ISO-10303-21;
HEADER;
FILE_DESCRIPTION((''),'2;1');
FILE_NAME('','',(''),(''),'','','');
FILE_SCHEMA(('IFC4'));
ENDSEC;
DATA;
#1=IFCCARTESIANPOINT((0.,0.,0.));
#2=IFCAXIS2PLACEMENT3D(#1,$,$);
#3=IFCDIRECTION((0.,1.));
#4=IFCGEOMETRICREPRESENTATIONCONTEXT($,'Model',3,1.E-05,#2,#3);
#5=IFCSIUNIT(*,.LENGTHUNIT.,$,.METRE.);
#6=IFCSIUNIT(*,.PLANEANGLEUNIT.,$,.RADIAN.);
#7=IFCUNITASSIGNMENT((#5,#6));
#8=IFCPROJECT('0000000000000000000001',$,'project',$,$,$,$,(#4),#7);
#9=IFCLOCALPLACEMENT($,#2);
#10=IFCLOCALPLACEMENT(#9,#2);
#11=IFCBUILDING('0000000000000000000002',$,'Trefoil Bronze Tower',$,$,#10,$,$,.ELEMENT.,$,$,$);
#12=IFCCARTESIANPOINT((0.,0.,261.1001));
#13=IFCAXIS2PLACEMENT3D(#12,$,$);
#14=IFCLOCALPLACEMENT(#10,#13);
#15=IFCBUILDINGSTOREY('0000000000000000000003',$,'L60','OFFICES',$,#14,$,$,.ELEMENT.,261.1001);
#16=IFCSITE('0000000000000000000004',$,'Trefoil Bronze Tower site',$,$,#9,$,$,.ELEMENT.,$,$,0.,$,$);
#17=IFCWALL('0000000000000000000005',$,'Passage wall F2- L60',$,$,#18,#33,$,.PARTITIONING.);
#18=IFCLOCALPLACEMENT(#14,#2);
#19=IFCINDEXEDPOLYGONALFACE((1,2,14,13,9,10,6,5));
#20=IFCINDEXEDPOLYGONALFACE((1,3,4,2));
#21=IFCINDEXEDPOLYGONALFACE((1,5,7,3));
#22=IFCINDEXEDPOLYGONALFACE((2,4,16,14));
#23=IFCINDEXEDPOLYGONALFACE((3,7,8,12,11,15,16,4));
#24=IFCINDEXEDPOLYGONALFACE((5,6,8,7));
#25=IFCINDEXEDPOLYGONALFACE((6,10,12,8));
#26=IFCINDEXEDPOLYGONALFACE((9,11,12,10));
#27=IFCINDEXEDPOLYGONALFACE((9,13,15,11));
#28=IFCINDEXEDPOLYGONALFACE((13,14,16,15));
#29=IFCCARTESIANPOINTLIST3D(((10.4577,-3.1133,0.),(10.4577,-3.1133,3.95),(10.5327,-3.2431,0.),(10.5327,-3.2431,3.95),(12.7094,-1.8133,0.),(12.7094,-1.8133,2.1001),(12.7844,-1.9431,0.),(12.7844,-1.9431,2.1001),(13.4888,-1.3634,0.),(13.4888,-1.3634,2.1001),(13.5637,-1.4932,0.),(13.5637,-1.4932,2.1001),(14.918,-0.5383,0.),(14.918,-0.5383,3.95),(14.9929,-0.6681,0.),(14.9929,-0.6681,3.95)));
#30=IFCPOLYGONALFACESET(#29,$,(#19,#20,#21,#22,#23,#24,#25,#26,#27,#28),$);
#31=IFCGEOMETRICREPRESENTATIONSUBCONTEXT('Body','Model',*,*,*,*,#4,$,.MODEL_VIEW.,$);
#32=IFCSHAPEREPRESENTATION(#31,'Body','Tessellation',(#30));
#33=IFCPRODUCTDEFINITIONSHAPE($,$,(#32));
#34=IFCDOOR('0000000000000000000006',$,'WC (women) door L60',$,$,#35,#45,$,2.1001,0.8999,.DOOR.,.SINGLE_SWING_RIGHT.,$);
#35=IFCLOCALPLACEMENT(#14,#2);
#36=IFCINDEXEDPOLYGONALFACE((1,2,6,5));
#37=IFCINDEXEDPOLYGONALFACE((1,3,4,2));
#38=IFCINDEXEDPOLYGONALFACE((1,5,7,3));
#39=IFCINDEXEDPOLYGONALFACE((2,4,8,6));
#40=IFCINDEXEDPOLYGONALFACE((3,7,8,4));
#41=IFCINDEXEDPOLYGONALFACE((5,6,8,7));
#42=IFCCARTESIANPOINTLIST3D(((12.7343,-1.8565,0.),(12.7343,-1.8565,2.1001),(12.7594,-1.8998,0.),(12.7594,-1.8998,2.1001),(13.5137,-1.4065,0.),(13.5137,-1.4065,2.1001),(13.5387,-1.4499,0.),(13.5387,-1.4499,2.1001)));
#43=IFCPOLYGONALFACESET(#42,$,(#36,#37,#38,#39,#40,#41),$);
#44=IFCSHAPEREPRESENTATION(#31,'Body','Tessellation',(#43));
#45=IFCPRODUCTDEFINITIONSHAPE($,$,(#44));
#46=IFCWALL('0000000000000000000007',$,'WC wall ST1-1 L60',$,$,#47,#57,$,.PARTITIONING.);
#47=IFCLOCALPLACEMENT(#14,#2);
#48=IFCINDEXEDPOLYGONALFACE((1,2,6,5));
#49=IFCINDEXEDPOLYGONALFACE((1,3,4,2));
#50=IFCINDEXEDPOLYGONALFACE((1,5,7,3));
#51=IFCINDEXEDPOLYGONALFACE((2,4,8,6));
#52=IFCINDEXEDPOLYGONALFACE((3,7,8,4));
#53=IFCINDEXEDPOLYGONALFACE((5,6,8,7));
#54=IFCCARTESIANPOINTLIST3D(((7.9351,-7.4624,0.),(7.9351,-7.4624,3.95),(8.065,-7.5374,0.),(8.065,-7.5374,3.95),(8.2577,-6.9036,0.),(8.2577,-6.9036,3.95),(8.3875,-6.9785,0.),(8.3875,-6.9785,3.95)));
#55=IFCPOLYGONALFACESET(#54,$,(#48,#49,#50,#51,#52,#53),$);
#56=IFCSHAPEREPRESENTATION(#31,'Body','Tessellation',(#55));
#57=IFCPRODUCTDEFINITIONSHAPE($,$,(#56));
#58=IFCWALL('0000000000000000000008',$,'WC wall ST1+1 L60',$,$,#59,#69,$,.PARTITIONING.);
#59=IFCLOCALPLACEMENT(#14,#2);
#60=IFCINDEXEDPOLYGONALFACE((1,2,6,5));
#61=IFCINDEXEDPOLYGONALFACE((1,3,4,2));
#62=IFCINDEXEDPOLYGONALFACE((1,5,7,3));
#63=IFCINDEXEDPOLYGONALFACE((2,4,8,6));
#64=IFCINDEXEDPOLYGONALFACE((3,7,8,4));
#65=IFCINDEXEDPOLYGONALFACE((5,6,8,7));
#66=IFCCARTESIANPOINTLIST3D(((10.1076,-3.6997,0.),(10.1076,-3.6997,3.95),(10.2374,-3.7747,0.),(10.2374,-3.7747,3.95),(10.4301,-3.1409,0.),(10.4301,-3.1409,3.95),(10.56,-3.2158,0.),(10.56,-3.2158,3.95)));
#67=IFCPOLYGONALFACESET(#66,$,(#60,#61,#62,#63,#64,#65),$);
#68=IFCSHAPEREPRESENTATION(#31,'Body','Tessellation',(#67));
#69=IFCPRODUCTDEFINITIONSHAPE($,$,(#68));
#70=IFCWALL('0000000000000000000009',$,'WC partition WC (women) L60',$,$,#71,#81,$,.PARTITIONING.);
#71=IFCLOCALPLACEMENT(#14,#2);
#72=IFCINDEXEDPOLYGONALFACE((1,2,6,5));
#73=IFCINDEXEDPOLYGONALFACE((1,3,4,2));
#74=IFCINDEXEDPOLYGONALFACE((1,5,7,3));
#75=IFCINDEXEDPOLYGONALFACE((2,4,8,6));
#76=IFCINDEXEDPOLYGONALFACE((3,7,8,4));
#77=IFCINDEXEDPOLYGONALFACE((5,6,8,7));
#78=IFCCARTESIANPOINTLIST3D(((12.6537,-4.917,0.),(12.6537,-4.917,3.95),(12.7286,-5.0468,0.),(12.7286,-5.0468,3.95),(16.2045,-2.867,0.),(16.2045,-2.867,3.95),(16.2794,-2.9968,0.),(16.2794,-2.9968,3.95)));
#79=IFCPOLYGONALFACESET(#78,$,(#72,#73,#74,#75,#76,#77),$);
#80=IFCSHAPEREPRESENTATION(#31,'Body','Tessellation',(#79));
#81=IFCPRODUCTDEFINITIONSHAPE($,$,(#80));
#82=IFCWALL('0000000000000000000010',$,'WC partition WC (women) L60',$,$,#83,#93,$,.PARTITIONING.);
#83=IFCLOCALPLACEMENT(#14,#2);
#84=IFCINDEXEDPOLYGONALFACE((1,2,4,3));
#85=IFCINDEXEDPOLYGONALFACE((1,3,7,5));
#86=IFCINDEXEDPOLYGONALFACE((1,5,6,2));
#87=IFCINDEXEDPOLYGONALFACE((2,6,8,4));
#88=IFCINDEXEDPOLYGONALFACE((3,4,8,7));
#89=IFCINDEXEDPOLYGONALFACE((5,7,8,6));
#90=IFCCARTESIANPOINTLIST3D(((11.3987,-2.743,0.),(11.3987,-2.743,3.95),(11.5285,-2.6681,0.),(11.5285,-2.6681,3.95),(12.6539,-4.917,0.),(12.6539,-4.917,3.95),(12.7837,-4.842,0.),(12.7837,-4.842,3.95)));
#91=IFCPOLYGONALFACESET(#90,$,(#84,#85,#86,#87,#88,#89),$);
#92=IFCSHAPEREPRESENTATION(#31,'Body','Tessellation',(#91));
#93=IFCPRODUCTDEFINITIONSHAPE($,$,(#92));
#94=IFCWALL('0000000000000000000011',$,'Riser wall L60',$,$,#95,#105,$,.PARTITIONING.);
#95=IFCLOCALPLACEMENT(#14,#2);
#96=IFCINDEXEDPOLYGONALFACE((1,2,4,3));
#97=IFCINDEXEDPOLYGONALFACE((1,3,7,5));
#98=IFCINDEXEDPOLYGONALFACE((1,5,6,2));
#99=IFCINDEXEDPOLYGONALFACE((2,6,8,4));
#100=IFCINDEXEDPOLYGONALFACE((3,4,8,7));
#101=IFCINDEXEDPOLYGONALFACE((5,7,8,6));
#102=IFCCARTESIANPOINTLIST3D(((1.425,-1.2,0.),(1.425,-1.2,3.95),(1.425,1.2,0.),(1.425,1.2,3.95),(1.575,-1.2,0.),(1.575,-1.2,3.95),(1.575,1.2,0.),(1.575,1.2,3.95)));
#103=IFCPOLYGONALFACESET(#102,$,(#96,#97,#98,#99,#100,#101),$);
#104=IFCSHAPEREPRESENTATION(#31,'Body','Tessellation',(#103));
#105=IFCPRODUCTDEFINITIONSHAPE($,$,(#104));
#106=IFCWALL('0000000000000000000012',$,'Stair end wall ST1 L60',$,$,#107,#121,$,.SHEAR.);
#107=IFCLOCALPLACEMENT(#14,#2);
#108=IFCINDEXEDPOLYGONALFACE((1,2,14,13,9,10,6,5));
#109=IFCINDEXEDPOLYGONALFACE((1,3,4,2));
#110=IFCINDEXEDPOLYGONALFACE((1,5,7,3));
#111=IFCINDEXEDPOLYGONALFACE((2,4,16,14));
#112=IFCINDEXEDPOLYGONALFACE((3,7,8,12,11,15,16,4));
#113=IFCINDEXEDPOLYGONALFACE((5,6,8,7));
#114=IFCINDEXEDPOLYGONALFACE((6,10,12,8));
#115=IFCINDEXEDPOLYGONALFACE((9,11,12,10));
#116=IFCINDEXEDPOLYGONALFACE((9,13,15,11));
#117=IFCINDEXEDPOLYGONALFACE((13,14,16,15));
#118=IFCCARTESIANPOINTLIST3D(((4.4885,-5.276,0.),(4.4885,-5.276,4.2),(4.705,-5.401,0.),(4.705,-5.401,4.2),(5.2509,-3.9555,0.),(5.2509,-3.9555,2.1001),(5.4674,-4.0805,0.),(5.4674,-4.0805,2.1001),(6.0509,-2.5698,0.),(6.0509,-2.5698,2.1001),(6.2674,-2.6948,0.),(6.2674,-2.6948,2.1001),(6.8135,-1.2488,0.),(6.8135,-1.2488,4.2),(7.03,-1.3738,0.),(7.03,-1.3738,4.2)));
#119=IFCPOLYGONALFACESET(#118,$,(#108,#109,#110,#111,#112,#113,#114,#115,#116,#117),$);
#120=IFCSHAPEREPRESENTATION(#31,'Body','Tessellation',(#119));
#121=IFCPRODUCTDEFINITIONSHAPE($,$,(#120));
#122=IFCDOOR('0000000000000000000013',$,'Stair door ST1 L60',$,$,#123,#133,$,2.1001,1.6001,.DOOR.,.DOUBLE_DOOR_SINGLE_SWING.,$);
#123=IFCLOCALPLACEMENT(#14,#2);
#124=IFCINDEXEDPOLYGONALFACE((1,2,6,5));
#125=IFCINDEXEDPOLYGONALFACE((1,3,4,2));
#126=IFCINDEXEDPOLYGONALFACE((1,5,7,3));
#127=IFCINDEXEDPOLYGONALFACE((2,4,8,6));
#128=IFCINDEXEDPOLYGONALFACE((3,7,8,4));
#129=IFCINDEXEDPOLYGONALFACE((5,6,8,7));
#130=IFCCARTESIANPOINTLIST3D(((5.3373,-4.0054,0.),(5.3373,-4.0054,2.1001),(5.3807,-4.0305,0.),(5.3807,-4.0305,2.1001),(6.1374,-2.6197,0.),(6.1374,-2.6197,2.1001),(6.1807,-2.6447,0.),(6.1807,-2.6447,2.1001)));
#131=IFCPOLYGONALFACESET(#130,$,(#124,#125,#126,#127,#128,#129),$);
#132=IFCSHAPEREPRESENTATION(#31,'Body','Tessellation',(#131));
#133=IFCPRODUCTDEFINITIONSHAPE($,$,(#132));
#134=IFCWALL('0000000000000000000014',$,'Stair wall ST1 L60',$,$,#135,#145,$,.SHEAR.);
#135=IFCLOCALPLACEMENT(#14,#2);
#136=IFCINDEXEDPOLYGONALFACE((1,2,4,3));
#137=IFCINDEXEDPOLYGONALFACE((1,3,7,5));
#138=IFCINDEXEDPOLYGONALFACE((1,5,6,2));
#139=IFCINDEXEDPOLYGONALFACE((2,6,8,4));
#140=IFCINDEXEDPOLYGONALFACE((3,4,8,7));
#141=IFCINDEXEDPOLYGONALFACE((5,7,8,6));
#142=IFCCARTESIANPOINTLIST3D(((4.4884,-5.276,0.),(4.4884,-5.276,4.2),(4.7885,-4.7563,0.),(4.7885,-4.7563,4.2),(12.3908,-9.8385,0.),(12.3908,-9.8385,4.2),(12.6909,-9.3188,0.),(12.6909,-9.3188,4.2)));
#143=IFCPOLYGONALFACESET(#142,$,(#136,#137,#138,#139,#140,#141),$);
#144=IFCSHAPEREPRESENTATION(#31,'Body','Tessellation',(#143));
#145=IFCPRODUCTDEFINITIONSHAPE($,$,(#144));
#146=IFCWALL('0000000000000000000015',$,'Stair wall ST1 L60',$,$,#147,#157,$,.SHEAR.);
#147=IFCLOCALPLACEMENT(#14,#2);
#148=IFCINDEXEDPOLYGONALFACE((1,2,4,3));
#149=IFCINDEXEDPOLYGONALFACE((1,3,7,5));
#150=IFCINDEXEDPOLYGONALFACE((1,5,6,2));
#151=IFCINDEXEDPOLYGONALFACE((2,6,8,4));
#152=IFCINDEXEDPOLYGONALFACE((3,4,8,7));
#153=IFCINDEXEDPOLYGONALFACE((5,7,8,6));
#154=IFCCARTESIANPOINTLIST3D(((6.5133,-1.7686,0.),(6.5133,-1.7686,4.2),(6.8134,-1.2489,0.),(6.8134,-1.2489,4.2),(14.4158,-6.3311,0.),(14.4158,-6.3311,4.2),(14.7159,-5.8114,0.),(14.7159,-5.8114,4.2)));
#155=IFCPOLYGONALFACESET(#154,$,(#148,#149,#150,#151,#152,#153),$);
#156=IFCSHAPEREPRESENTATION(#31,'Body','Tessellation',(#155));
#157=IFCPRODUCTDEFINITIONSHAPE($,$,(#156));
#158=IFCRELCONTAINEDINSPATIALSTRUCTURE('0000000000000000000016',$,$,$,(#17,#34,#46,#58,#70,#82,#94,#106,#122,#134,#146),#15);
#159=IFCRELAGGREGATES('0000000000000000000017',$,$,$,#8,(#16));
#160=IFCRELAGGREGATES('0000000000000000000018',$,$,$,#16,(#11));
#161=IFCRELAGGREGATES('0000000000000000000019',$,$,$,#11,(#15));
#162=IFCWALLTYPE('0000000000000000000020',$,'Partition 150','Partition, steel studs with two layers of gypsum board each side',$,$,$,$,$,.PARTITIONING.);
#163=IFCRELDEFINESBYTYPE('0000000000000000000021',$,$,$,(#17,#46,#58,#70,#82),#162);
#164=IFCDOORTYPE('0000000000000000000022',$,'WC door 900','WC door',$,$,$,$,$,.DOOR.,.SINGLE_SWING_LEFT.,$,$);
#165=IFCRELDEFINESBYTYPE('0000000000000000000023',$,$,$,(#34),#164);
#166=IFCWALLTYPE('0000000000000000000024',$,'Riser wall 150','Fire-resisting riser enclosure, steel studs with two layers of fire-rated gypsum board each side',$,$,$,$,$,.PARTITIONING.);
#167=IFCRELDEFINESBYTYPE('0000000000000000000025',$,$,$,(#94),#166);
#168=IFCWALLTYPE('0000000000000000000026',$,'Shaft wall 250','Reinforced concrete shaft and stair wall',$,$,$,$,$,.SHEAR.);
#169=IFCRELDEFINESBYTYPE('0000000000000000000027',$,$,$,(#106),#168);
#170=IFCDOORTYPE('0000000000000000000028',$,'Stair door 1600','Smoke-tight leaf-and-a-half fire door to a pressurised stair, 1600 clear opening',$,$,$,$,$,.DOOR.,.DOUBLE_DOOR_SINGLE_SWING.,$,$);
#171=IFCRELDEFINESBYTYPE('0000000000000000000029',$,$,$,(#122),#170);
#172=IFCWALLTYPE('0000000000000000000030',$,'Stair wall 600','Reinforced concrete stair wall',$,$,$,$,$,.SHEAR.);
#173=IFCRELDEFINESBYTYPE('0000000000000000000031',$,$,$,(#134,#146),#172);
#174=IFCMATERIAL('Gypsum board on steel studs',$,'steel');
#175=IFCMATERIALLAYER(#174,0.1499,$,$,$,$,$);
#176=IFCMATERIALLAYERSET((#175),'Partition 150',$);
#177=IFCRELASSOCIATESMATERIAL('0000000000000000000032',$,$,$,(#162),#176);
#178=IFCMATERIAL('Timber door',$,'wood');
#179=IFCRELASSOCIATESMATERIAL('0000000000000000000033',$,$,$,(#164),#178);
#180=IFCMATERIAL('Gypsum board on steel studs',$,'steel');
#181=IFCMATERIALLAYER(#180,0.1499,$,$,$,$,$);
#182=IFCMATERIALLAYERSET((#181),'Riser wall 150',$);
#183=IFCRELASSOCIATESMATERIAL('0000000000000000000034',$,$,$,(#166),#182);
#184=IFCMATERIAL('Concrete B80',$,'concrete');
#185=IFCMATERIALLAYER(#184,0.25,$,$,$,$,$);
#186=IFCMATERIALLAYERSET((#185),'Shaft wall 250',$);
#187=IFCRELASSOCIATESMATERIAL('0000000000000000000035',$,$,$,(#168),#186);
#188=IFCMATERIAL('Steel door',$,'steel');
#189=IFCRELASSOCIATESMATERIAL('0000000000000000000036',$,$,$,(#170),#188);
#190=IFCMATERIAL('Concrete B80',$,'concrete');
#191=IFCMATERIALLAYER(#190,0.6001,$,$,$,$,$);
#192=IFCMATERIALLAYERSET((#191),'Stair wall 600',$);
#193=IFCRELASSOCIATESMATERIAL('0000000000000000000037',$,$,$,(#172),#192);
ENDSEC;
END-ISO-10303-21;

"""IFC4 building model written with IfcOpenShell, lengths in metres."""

from ifc_helpers import new_model, si_unit, direction, frame, frame_2d, origin, place, context, subcontext, project, spatial, rectangle, extrude, material, layer, layer_set, type_object, element, fill, save


model = new_model("IFC4")

# Units and contexts
model_context = context("Model", 3, precision=1e-05, world=origin(), true_north=direction((0.0, 1.0)))
body_context = subcontext(model_context, "Body", "Model", "MODEL_VIEW")
ifc_project = project(units=[si_unit("LENGTHUNIT", "METRE"), si_unit("PLANEANGLEUNIT", "RADIAN")], contexts=[model_context])

# Site, building, storey
site_placement = place(None, origin())
site = spatial("IfcSite", under=ifc_project, at=site_placement, Name="Trefoil Bronze Tower site", CompositionType="ELEMENT", RefElevation=0.0)
building_placement = place(site_placement, origin())
building = spatial("IfcBuilding", under=site, at=building_placement, Name="Trefoil Bronze Tower", CompositionType="ELEMENT")
storey_placement = place(building_placement, frame((0.0, 0.0, 261.1001)))
storey = spatial("IfcBuildingStorey", under=building, at=storey_placement, Name="L60", Description="OFFICES", CompositionType="ELEMENT", Elevation=261.1001)

# Wall, opening, door
ifc_material_1 = material(Name="Gypsum board on steel studs", Category="steel")
ifc_layer_1 = layer(ifc_material_1, 0.1499)
ifc_layer_set_1 = layer_set([ifc_layer_1], Name="Partition 150")
wall_type_1 = type_object("IfcWallType", Name="Partition 150", Description="Partition, steel studs with two layers of gypsum board each side", PredefinedType="PARTITIONING", material=ifc_layer_set_1)
ifc_material_2 = material(Name="Timber door", Category="wood")
door_type_1 = type_object("IfcDoorType", Name="WC door 900", Description="WC door", OperationType="SINGLE_SWING_LEFT", PredefinedType="DOOR", material=ifc_material_2)
wall_1_placement = place(storey_placement, frame((10.4951, -3.1782, 0.0), z_axis=(0.0, 0.0, 1.0), x_axis=(0.866038, 0.499978, 0.0)))
wall_1 = element("IfcWall", 1, at=wall_1_placement, inside=storey, type_object=wall_type_1, Name="Passage wall F2- L60", PredefinedType="PARTITIONING", context=body_context, shape_type="SweptSolid", body=[
    extrude(rectangle(XDim=5.1501, YDim=0.1499, at=frame_2d((2.5752, 0.0))), origin(), (0.0, 0.0, 1.0), 3.95),
])
opening_1_placement = place(wall_1_placement, frame((2.6001, 0.0, 0.0)))
opening_1 = element("IfcOpeningElement", 2, at=opening_1_placement, cuts=wall_1, PredefinedType="OPENING", context=body_context, shape_type="SweptSolid", body=[
    extrude(rectangle(XDim=0.8999, YDim=2.1001, at=frame_2d((0.45, 1.05))), frame((0.0, 0.085, 0.0), z_axis=(0.0, -1.0, 0.0), x_axis=(1.0, 0.0, 0.0)), (0.0, 0.0, 1.0), 0.1699),
])
door_1_placement = place(opening_1_placement, frame((0.8999, 0.0, 0.0), z_axis=(0.0, 0.0, 1.0), x_axis=(-1.0, 0.0, 0.0)))
door_1 = element("IfcDoor", 3, at=door_1_placement, inside=storey, type_object=door_type_1, Name="WC (women) door L60", OperationType="SINGLE_SWING_RIGHT", OverallHeight=2.1001, OverallWidth=0.8999, PredefinedType="DOOR", context=body_context, shape_type="SweptSolid", body=[
    extrude(rectangle(XDim=0.8999, YDim=2.1001, at=frame_2d((0.45, 1.05))), frame((0.0, 0.0249, 0.0), z_axis=(0.0, -1.0, 0.0), x_axis=(1.0, 0.0, 0.0)), (0.0, 0.0, 1.0), 0.05),
])
fill(opening_1, door_1)

# Walls
for number, where, z_axis, x_axis, name in (
    (4, (8.0, -7.5, 0.0), (0.0, 0.0, 1.0), (0.499843, 0.866116, 0.0), "WC wall ST1-1 L60"),
    (5, (10.4951, -3.1782, 0.0), (0.0, 0.0, 1.0), (-0.499843, -0.866116, 0.0), "WC wall ST1+1 L60"),
):
    element("IfcWall", number, at=place(storey_placement, frame(where, z_axis=z_axis, x_axis=x_axis)), inside=storey, type_object=wall_type_1, Name=name, PredefinedType="PARTITIONING", context=body_context, shape_type="SweptSolid", body=[
        extrude(rectangle(XDim=0.6453, YDim=0.1499, at=frame_2d((0.3228, 0.0))), origin(), (0.0, 0.0, 1.0), 3.95),
    ])
wall_2_placement = place(storey_placement, frame((12.6912, -4.9819, 0.0), z_axis=(0.0, 0.0, 1.0), x_axis=(0.866025, 0.500001, 0.0)))
element("IfcWall", 6, at=wall_2_placement, inside=storey, type_object=wall_type_1, Name="WC partition WC (women) L60", PredefinedType="PARTITIONING", context=body_context, shape_type="SweptSolid", body=[
    extrude(rectangle(XDim=4.1001, YDim=0.1499, at=frame_2d((2.05, 0.0))), origin(), (0.0, 0.0, 1.0), 3.95),
])
wall_3_placement = place(storey_placement, frame((11.4636, -2.7056, 0.0), z_axis=(0.0, 0.0, 1.0), x_axis=(0.50002, -0.866014, 0.0)))
element("IfcWall", 7, at=wall_3_placement, inside=storey, type_object=wall_type_1, Name="WC partition WC (women) L60", PredefinedType="PARTITIONING", context=body_context, shape_type="SweptSolid", body=[
    extrude(rectangle(XDim=2.5103, YDim=0.1499, at=frame_2d((1.2551, 0.0))), origin(), (0.0, 0.0, 1.0), 3.95),
])
ifc_material_3 = material(Name="Gypsum board on steel studs", Category="steel")
ifc_layer_2 = layer(ifc_material_3, 0.1499)
ifc_layer_set_2 = layer_set([ifc_layer_2], Name="Riser wall 150")
wall_type_2 = type_object("IfcWallType", Name="Riser wall 150", Description="Fire-resisting riser enclosure, steel studs with two layers of fire-rated gypsum board each side", PredefinedType="PARTITIONING", material=ifc_layer_set_2)
wall_4_placement = place(storey_placement, frame((1.5, -1.2, 0.0), z_axis=(0.0, 0.0, 1.0), x_axis=(0.0, 1.0, 0.0)))
element("IfcWall", 8, at=wall_4_placement, inside=storey, type_object=wall_type_2, Name="Riser wall L60", PredefinedType="PARTITIONING", context=body_context, shape_type="SweptSolid", body=[
    extrude(rectangle(XDim=2.3999, YDim=0.1499, at=frame_2d((1.2, 0.0))), origin(), (0.0, 0.0, 1.0), 3.95),
])

# Wall, opening, door
ifc_material_4 = material(Name="Concrete B80", Category="concrete")
ifc_layer_3 = layer(ifc_material_4, 0.25)
ifc_layer_set_3 = layer_set([ifc_layer_3], Name="Shaft wall 250")
wall_type_3 = type_object("IfcWallType", Name="Shaft wall 250", Description="Reinforced concrete shaft and stair wall", PredefinedType="SHEAR", material=ifc_layer_set_3)
wall_5_placement = place(storey_placement, frame((4.5967, -5.3386, 0.0), z_axis=(0.0, 0.0, 1.0), x_axis=(0.499985, 0.866034, 0.0)))
wall_5 = element("IfcWall", 9, at=wall_5_placement, inside=storey, type_object=wall_type_3, Name="Stair end wall ST1 L60", PredefinedType="SHEAR", context=body_context, shape_type="SweptSolid", body=[
    extrude(rectangle(XDim=4.6501, YDim=0.25, at=frame_2d((2.3252, 0.0))), origin(), (0.0, 0.0, 1.0), 4.2),
])
opening_2_placement = place(wall_5_placement, frame((1.5249, 0.0, 0.0)))
opening_2 = element("IfcOpeningElement", 10, at=opening_2_placement, cuts=wall_5, PredefinedType="OPENING", context=body_context, shape_type="SweptSolid", body=[
    extrude(rectangle(XDim=1.6001, YDim=2.1001, at=frame_2d((0.8, 1.05))), frame((0.0, 0.135, 0.0), z_axis=(0.0, -1.0, 0.0), x_axis=(1.0, 0.0, 0.0)), (0.0, 0.0, 1.0), 0.27),
])
ifc_material_5 = material(Name="Steel door", Category="steel")
door_type_2 = type_object("IfcDoorType", Name="Stair door 1600", Description="Smoke-tight leaf-and-a-half fire door to a pressurised stair, 1600 clear opening", OperationType="DOUBLE_DOOR_SINGLE_SWING", PredefinedType="DOOR", material=ifc_material_5)
door_2_placement = place(opening_2_placement, frame((1.6001, 0.0, 0.0), z_axis=(0.0, 0.0, 1.0), x_axis=(-1.0, 0.0, 0.0)))
door_2 = element("IfcDoor", 11, at=door_2_placement, inside=storey, type_object=door_type_2, Name="Stair door ST1 L60", OperationType="DOUBLE_DOOR_SINGLE_SWING", OverallHeight=2.1001, OverallWidth=1.6001, PredefinedType="DOOR", context=body_context, shape_type="SweptSolid", body=[
    extrude(rectangle(XDim=1.6001, YDim=2.1001, at=frame_2d((0.8, 1.05))), frame((0.0, 0.0249, 0.0), z_axis=(0.0, -1.0, 0.0), x_axis=(1.0, 0.0, 0.0)), (0.0, 0.0, 1.0), 0.05),
])
fill(opening_2, door_2)

# Walls
ifc_material_6 = material(Name="Concrete B80", Category="concrete")
ifc_layer_4 = layer(ifc_material_6, 0.6001)
ifc_layer_set_4 = layer_set([ifc_layer_4], Name="Stair wall 600")
wall_type_4 = type_object("IfcWallType", Name="Stair wall 600", Description="Reinforced concrete stair wall", PredefinedType="SHEAR", material=ifc_layer_set_4)
for number, where, z_axis, x_axis, name in (
    (12, (4.6384, -5.0161, 0.0), (0.0, 0.0, 1.0), (0.866022, -0.500007, 0.0), "Stair wall ST1 L60"),
    (13, (6.6633, -1.5088, 0.0), (0.0, 0.0, 1.0), (0.866028, -0.499995, 0.0), "Stair wall ST1 L60"),
):
    element("IfcWall", number, at=place(storey_placement, frame(where, z_axis=z_axis, x_axis=x_axis)), inside=storey, type_object=wall_type_4, Name=name, PredefinedType="SHEAR", context=body_context, shape_type="SweptSolid", body=[
        extrude(rectangle(XDim=9.125, YDim=0.6001, at=frame_2d((4.5625, 0.0))), origin(), (0.0, 0.0, 1.0), 4.2),
    ])

save(model, "model.ifc")
